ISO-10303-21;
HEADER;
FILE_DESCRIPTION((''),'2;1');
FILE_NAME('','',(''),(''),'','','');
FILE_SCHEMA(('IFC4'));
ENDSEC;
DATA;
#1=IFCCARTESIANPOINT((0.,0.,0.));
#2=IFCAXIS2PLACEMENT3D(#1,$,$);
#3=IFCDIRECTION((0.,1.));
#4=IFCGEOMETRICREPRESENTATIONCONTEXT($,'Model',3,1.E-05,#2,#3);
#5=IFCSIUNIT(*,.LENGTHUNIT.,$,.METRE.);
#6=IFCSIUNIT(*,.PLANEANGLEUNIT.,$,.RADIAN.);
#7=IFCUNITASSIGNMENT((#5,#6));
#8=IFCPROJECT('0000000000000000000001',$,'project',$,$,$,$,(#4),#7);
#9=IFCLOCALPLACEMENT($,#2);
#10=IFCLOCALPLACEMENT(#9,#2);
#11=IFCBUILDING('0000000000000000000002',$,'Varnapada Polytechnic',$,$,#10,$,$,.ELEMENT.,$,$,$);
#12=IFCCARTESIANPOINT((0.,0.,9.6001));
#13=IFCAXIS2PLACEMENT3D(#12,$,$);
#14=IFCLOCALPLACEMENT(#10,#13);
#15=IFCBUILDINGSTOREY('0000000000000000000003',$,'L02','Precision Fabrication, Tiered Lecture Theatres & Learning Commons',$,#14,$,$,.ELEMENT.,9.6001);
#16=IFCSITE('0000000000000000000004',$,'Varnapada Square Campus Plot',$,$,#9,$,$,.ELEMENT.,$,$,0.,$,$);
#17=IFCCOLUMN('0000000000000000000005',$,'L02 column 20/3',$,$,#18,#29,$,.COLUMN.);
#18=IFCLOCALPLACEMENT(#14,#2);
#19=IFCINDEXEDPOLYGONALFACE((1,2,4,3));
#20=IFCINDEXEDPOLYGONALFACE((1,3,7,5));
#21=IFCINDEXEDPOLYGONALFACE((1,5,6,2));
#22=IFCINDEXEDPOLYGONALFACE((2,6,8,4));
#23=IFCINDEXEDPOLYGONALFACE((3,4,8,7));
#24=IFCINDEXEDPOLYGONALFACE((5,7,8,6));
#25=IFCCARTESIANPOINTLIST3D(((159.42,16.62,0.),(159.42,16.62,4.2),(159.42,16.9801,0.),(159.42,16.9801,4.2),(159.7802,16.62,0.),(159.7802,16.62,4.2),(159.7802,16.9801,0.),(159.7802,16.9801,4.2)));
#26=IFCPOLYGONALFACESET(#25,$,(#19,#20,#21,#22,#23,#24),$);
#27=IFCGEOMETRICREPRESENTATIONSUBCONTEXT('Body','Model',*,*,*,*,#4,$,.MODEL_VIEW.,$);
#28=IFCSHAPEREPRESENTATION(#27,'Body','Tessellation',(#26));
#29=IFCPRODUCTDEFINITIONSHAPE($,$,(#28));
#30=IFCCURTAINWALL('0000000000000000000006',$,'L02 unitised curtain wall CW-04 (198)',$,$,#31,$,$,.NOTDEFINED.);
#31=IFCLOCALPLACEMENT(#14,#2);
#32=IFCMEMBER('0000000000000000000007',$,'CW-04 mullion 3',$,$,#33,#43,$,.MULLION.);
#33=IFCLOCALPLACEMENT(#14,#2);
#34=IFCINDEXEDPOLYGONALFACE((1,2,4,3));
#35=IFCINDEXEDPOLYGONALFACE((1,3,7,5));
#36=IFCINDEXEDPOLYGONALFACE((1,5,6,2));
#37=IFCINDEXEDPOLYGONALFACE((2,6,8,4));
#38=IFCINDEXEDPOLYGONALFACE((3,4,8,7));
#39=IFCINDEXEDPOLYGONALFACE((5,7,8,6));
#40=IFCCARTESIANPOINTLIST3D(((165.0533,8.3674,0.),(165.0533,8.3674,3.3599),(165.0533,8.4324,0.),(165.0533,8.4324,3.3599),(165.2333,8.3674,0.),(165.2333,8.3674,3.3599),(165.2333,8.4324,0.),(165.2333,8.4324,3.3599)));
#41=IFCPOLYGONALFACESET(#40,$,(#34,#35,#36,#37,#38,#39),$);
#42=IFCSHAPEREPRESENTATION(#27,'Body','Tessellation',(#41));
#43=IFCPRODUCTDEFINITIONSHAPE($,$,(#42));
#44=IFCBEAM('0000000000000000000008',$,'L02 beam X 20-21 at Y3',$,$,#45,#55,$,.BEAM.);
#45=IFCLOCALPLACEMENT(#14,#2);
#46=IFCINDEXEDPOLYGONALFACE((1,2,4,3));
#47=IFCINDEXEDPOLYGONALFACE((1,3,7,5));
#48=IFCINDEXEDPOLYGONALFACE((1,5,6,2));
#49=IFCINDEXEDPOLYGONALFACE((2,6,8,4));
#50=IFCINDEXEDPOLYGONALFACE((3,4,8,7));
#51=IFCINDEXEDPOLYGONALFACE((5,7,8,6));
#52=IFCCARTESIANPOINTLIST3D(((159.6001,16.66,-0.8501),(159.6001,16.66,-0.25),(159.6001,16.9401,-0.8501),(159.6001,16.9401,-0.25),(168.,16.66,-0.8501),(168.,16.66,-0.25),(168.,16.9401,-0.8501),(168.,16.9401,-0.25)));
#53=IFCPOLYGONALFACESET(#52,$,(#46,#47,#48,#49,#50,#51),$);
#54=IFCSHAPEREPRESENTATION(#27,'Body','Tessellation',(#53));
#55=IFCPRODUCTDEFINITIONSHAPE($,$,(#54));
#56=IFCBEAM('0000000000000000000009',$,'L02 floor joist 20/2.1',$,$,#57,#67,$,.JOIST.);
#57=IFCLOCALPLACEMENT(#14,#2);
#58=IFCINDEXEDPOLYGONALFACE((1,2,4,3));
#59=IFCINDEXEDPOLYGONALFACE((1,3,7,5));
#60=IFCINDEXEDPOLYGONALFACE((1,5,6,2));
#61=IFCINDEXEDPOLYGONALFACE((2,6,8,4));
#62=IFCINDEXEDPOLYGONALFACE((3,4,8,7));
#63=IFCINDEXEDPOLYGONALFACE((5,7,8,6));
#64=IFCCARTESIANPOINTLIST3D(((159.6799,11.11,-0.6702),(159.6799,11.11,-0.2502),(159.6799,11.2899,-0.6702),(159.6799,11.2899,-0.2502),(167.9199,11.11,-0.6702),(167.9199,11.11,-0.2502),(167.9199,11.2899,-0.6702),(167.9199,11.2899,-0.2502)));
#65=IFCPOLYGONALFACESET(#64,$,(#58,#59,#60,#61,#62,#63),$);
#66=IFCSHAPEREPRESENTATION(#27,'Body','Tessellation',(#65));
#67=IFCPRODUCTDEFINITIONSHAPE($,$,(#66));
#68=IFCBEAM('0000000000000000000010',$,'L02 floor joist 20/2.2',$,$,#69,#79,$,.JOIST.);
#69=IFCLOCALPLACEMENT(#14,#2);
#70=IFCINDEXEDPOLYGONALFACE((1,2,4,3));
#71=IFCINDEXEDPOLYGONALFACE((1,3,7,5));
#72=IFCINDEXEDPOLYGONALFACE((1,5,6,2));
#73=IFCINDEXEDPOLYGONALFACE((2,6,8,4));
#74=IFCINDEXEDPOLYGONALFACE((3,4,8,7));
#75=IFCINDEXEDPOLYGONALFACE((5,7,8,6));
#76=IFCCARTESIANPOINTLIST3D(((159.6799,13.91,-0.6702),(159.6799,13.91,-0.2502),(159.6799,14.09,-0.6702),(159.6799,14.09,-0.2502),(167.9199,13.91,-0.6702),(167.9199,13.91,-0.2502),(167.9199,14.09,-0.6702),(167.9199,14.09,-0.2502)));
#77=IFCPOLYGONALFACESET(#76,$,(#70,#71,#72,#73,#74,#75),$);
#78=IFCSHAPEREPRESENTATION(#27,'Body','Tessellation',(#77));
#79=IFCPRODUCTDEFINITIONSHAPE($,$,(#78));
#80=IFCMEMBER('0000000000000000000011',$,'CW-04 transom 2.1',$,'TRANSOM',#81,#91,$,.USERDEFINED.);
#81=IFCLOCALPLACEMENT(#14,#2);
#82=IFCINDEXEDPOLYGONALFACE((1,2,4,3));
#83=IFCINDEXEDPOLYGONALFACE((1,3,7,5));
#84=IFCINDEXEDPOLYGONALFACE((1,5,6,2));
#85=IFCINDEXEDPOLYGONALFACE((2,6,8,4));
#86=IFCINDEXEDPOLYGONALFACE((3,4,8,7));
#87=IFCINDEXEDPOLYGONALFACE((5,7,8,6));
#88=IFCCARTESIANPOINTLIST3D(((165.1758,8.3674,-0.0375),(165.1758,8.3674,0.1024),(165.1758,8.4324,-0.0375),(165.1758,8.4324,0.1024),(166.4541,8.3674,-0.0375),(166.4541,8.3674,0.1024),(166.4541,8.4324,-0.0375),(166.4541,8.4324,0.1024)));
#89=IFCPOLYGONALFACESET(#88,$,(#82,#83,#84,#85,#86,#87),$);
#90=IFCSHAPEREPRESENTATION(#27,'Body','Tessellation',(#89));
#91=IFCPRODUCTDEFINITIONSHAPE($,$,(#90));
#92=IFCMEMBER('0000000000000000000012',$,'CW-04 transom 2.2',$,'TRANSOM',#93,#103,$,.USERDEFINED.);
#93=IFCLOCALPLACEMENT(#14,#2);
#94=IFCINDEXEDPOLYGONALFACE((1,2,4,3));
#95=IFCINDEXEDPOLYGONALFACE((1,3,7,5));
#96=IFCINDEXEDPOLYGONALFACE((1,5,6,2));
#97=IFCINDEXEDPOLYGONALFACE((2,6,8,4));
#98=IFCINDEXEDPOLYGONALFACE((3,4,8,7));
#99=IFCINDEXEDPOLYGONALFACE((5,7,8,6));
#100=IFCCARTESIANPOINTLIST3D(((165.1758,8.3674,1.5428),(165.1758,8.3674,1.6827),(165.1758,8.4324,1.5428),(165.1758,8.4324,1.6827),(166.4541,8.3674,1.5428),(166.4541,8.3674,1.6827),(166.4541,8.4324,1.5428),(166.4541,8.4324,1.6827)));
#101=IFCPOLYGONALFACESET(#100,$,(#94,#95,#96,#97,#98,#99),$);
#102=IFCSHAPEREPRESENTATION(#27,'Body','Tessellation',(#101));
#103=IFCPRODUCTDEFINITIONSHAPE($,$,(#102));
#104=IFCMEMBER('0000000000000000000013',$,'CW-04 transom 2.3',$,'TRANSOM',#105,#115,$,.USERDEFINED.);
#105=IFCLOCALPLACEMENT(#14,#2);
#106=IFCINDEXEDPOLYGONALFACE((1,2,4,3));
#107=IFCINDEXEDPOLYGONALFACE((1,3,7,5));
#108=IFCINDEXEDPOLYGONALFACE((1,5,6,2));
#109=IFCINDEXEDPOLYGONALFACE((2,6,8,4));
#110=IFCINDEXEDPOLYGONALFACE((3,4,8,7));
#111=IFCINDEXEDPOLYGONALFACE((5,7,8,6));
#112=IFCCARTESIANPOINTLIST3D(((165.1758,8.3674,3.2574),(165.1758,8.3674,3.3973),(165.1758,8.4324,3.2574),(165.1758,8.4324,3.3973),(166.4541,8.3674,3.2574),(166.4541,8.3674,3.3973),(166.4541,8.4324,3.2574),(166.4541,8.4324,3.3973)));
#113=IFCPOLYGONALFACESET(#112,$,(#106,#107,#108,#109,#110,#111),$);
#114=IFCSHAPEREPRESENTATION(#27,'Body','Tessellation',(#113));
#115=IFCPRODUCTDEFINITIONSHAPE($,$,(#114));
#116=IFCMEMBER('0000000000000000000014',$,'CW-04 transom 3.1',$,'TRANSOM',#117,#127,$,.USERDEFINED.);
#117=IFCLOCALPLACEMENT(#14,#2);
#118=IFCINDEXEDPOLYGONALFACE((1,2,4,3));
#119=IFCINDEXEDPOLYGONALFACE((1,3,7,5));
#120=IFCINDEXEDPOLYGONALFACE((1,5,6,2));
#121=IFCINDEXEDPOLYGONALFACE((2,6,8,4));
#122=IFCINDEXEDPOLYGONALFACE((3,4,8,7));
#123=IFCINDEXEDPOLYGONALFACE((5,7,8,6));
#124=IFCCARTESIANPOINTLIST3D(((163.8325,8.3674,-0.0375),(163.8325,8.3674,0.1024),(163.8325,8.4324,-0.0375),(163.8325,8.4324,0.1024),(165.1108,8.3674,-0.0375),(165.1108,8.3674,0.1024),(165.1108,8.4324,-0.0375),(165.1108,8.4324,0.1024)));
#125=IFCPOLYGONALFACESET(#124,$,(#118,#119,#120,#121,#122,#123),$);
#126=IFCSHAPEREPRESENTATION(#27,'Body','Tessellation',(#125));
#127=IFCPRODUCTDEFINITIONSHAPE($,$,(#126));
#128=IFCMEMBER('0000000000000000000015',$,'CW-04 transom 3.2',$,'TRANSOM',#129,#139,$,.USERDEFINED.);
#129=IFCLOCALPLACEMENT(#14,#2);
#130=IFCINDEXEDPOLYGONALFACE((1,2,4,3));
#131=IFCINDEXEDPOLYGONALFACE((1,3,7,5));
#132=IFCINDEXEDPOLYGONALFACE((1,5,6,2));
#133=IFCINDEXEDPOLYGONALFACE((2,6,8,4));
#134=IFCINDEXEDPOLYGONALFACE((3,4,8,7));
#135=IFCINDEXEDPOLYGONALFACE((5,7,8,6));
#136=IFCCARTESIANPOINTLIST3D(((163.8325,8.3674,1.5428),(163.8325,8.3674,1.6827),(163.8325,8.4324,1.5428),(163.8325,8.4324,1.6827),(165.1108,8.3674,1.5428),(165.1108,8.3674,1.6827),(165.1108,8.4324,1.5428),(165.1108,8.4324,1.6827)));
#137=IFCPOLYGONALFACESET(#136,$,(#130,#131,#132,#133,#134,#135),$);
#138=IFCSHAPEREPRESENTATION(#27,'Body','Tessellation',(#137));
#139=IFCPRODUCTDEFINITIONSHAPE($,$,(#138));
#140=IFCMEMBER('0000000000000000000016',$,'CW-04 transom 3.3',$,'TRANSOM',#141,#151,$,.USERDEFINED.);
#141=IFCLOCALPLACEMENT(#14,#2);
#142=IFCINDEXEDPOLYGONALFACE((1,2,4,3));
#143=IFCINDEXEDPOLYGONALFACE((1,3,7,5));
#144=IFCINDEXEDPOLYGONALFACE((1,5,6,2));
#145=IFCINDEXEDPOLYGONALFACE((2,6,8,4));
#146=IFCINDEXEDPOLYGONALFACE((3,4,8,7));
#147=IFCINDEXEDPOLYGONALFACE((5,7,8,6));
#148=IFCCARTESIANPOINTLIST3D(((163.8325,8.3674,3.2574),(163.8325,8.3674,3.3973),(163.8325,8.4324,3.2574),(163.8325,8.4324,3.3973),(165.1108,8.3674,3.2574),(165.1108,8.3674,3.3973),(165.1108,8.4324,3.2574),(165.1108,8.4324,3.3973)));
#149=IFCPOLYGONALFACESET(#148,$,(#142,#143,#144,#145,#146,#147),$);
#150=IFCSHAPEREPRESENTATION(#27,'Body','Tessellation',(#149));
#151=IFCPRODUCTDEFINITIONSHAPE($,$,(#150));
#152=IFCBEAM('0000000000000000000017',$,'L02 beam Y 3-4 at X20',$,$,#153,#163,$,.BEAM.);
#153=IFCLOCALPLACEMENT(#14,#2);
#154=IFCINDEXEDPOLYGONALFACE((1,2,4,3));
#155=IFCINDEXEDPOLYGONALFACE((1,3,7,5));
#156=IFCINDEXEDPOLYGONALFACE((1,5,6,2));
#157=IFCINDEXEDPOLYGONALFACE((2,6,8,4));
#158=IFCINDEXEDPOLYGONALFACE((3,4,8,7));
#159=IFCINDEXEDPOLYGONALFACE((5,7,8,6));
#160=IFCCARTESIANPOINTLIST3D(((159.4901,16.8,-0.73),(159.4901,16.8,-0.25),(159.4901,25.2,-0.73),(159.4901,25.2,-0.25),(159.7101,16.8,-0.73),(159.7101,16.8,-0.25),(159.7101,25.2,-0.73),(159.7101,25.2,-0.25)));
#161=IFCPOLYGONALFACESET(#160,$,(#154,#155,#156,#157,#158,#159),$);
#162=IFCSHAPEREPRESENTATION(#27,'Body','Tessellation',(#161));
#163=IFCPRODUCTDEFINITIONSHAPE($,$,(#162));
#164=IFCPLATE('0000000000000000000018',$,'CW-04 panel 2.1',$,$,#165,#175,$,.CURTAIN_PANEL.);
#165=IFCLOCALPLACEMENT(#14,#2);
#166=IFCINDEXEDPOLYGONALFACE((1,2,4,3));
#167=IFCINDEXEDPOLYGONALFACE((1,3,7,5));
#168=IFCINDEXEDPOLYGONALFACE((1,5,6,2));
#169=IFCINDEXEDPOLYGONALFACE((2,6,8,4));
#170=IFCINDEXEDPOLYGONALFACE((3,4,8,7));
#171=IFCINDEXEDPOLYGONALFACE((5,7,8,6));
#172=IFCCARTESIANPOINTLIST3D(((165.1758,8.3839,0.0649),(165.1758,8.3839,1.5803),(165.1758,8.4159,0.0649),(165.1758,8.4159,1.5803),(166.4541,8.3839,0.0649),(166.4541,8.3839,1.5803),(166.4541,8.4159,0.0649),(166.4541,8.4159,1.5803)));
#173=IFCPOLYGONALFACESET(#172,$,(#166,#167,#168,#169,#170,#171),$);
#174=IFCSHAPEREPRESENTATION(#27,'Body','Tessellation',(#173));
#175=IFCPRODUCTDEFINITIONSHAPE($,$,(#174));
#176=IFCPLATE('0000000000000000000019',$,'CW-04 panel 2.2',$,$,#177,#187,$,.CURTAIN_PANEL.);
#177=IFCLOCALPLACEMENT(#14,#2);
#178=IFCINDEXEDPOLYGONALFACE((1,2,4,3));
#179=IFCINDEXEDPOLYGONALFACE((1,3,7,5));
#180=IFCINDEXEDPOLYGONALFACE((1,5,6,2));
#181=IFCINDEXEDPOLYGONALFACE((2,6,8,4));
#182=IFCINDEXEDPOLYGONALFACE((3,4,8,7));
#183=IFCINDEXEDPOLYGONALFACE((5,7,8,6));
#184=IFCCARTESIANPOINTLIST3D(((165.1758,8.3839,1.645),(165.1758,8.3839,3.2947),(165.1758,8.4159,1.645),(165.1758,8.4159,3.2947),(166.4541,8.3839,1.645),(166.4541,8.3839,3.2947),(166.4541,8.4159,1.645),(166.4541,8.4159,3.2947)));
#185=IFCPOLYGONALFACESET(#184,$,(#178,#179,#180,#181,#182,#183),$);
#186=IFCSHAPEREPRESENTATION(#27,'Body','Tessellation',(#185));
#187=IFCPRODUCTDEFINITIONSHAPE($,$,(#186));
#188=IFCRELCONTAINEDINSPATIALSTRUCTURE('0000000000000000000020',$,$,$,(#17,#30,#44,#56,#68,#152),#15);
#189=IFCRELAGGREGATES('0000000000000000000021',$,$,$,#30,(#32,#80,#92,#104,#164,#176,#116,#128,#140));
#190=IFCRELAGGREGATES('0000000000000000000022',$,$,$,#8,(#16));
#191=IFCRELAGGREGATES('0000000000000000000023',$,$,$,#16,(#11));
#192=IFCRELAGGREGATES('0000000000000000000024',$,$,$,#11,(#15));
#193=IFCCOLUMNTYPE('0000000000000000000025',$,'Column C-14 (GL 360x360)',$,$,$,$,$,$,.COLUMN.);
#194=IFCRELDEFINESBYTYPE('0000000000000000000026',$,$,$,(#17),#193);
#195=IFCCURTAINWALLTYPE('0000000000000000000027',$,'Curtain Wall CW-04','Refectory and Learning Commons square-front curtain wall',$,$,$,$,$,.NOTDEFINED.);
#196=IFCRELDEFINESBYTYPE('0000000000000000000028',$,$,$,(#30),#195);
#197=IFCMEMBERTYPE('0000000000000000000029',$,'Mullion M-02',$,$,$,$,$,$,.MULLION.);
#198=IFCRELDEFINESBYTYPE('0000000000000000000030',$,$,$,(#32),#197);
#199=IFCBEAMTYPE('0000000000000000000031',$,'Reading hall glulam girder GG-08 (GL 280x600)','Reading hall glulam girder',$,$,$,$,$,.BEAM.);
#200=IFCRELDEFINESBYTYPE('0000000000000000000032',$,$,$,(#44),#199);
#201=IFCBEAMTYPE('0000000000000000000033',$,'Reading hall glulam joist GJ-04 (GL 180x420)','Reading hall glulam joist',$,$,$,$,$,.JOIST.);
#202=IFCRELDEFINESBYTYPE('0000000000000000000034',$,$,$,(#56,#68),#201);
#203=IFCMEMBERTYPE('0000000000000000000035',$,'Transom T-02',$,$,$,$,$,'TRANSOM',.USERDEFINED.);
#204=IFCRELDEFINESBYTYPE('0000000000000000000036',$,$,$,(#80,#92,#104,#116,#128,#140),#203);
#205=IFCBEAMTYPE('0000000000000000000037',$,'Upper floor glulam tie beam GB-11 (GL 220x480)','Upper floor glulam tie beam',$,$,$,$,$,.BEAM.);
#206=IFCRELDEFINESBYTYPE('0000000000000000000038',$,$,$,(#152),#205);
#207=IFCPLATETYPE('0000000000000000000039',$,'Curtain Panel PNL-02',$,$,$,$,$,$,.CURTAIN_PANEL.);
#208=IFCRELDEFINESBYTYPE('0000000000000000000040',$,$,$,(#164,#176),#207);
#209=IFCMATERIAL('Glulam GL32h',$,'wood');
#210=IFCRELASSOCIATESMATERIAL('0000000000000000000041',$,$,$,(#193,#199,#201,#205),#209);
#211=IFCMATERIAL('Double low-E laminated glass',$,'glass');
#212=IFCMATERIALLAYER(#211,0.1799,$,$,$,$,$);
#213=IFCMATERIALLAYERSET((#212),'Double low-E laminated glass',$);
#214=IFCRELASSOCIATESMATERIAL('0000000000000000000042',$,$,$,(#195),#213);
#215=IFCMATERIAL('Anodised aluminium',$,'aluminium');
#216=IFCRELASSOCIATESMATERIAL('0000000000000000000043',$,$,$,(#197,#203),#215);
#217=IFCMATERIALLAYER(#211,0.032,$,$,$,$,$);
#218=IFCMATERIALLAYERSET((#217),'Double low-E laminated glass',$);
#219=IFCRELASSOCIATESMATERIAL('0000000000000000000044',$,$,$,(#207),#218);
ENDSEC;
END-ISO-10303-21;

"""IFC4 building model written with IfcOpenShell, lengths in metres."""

from ifc_helpers import new_model, si_unit, direction, frame, origin, origin_2d, place, context, subcontext, project, spatial, rectangle, extrude, material, layer, layer_set, material_profile, profile_set, type_object, element, aggregate, save


model = new_model("IFC4")

# Units and contexts
model_context = context("Model", 3, precision=1e-05, world=origin(), true_north=direction((0.0, 1.0)))
body_context = subcontext(model_context, "Body", "Model", "MODEL_VIEW")
ifc_project = project(units=[si_unit("LENGTHUNIT", "METRE"), si_unit("PLANEANGLEUNIT", "RADIAN")], contexts=[model_context])

# Site, building, storey
site_placement = place(None, origin())
site = spatial("IfcSite", under=ifc_project, at=site_placement, Name="Varnapada Square Campus Plot", CompositionType="ELEMENT", RefElevation=0.0)
building_placement = place(site_placement, origin())
building = spatial("IfcBuilding", under=site, at=building_placement, Name="Varnapada Polytechnic", CompositionType="ELEMENT")
storey_placement = place(building_placement, frame((0.0, 0.0, 9.6001)))
storey = spatial("IfcBuildingStorey", under=building, at=storey_placement, Name="L02", Description="Precision Fabrication, Tiered Lecture Theatres & Learning Commons", CompositionType="ELEMENT", Elevation=9.6001)

# Column
ifc_material_1 = material(Name="Glulam GL32h", Category="wood")
ifc_material_profile_1 = material_profile(ifc_material_1, rectangle(XDim=0.3601, YDim=0.3601, at=origin_2d()), Name="GL 360x360")
ifc_profile_set_1 = profile_set([ifc_material_profile_1], Name="Glulam GL32h")
column_type = type_object("IfcColumnType", Name="Column C-14 (GL 360x360)", PredefinedType="COLUMN", material=ifc_profile_set_1)
column_placement = place(storey_placement, frame((159.6001, 16.8, 0.0), z_axis=(0.0, 0.0, 1.0), x_axis=(1.0, 0.0, 0.0)))
element("IfcColumn", 1, at=column_placement, inside=storey, type_object=column_type, Name="L02 column 20/3", PredefinedType="COLUMN", context=body_context, shape_type="SweptSolid", body=[
    extrude(rectangle(XDim=0.3601, YDim=0.3601, at=origin_2d()), origin(), (0.0, 0.0, 1.0), 4.2),
])

# Curtain wall, member
ifc_material_2 = material(Name="Double low-E laminated glass", Category="glass")
ifc_layer_1 = layer(ifc_material_2, 0.1799)
ifc_layer_set_1 = layer_set([ifc_layer_1], Name="Double low-E laminated glass")
curtain_wall_type = type_object("IfcCurtainWallType", Name="Curtain Wall CW-04", Description="Refectory and Learning Commons square-front curtain wall", PredefinedType="NOTDEFINED", material=ifc_layer_set_1)
curtain_wall_placement = place(storey_placement, origin())
curtain_wall = element("IfcCurtainWall", 2, at=curtain_wall_placement, inside=storey, type_object=curtain_wall_type, Name="L02 unitised curtain wall CW-04 (198)", PredefinedType="NOTDEFINED")
ifc_material_3 = material(Name="Anodised aluminium", Category="aluminium")
ifc_material_profile_2 = material_profile(ifc_material_3, rectangle(XDim=0.0649, YDim=0.1799, at=origin_2d()), Name="ALU M65x180")
ifc_profile_set_2 = profile_set([ifc_material_profile_2], Name="Anodised aluminium")
member_type_1 = type_object("IfcMemberType", Name="Mullion M-02", PredefinedType="MULLION", material=ifc_profile_set_2)
member_1_placement = place(storey_placement, frame((165.1433, 8.3999, 0.0), z_axis=(0.0, 0.0, 1.0), x_axis=(0.0, -1.0, 0.0)))
member_1 = element("IfcMember", 3, at=member_1_placement, type_object=member_type_1, Name="CW-04 mullion 3", PredefinedType="MULLION", context=body_context, shape_type="SweptSolid", body=[
    extrude(rectangle(XDim=0.0649, YDim=0.1799, at=origin_2d()), origin(), (0.0, 0.0, 1.0), 3.3599),
])

# Beams
ifc_material_profile_3 = material_profile(ifc_material_1, rectangle(XDim=0.28, YDim=0.6001, at=origin_2d()), Name="GL 280x600")
ifc_profile_set_3 = profile_set([ifc_material_profile_3], Name="Glulam GL32h")
beam_type_1 = type_object("IfcBeamType", Name="Reading hall glulam girder GG-08 (GL 280x600)", Description="Reading hall glulam girder", PredefinedType="BEAM", material=ifc_profile_set_3)
beam_1_placement = place(storey_placement, frame((159.6001, 16.8, -0.55), z_axis=(1.0, 0.0, 0.0), x_axis=(0.0, 1.0, 0.0)))
element("IfcBeam", 4, at=beam_1_placement, inside=storey, type_object=beam_type_1, Name="L02 beam X 20-21 at Y3", PredefinedType="BEAM", context=body_context, shape_type="SweptSolid", body=[
    extrude(rectangle(XDim=0.28, YDim=0.6001, at=origin_2d()), origin(), (0.0, 0.0, 1.0), 8.3999),
])
ifc_material_profile_4 = material_profile(ifc_material_1, rectangle(XDim=0.1799, YDim=0.4199, at=origin_2d()), Name="GL 180x420")
ifc_profile_set_4 = profile_set([ifc_material_profile_4], Name="Glulam GL32h")
beam_type_2 = type_object("IfcBeamType", Name="Reading hall glulam joist GJ-04 (GL 180x420)", Description="Reading hall glulam joist", PredefinedType="JOIST", material=ifc_profile_set_4)
for number, where, z_axis, x_axis, name in (
    (5, (159.6799, 11.2, -0.4602), (1.0, 0.0, 0.0), (0.0, 1.0, 0.0), "L02 floor joist 20/2.1"),
    (6, (159.6799, 14.0, -0.4602), (1.0, 0.0, 0.0), (0.0, 1.0, 0.0), "L02 floor joist 20/2.2"),
):
    element("IfcBeam", number, at=place(storey_placement, frame(where, z_axis=z_axis, x_axis=x_axis)), inside=storey, type_object=beam_type_2, Name=name, PredefinedType="JOIST", context=body_context, shape_type="SweptSolid", body=[
        extrude(rectangle(XDim=0.1799, YDim=0.4199, at=origin_2d()), origin(), (0.0, 0.0, 1.0), 8.24),
    ])

# Members
ifc_material_profile_5 = material_profile(ifc_material_3, rectangle(XDim=0.0649, YDim=0.1399, at=origin_2d()), Name="ALU T65x140")
ifc_profile_set_5 = profile_set([ifc_material_profile_5], Name="Anodised aluminium")
member_type_2 = type_object("IfcMemberType", Name="Transom T-02", ElementType="TRANSOM", PredefinedType="USERDEFINED", material=ifc_profile_set_5)
member_2_placement = place(storey_placement, frame((166.4541, 8.3999, 0.0325), z_axis=(-1.0, 0.0, 0.0), x_axis=(0.0, -1.0, 0.0)))
member_2 = element("IfcMember", 7, at=member_2_placement, type_object=member_type_2, Name="CW-04 transom 2.1", ObjectType="TRANSOM", PredefinedType="USERDEFINED", context=body_context, shape_type="SweptSolid", body=[
    extrude(rectangle(XDim=0.0649, YDim=0.1399, at=origin_2d()), origin(), (0.0, 0.0, 1.0), 1.2783),
])
member_3_placement = place(storey_placement, frame((166.4541, 8.3999, 1.6128), z_axis=(-1.0, 0.0, 0.0), x_axis=(0.0, -1.0, 0.0)))
member_3 = element("IfcMember", 8, at=member_3_placement, type_object=member_type_2, Name="CW-04 transom 2.2", ObjectType="TRANSOM", PredefinedType="USERDEFINED", context=body_context, shape_type="SweptSolid", body=[
    extrude(rectangle(XDim=0.0649, YDim=0.1399, at=origin_2d()), origin(), (0.0, 0.0, 1.0), 1.2783),
])
member_4_placement = place(storey_placement, frame((166.4541, 8.3999, 3.3274), z_axis=(-1.0, 0.0, 0.0), x_axis=(0.0, -1.0, 0.0)))
member_4 = element("IfcMember", 9, at=member_4_placement, type_object=member_type_2, Name="CW-04 transom 2.3", ObjectType="TRANSOM", PredefinedType="USERDEFINED", context=body_context, shape_type="SweptSolid", body=[
    extrude(rectangle(XDim=0.0649, YDim=0.1399, at=origin_2d()), origin(), (0.0, 0.0, 1.0), 1.2783),
])
member_5_placement = place(storey_placement, frame((165.1108, 8.3999, 0.0325), z_axis=(-1.0, 0.0, 0.0), x_axis=(0.0, -1.0, 0.0)))
member_5 = element("IfcMember", 10, at=member_5_placement, type_object=member_type_2, Name="CW-04 transom 3.1", ObjectType="TRANSOM", PredefinedType="USERDEFINED", context=body_context, shape_type="SweptSolid", body=[
    extrude(rectangle(XDim=0.0649, YDim=0.1399, at=origin_2d()), origin(), (0.0, 0.0, 1.0), 1.2783),
])
member_6_placement = place(storey_placement, frame((165.1108, 8.3999, 1.6128), z_axis=(-1.0, 0.0, 0.0), x_axis=(0.0, -1.0, 0.0)))
member_6 = element("IfcMember", 11, at=member_6_placement, type_object=member_type_2, Name="CW-04 transom 3.2", ObjectType="TRANSOM", PredefinedType="USERDEFINED", context=body_context, shape_type="SweptSolid", body=[
    extrude(rectangle(XDim=0.0649, YDim=0.1399, at=origin_2d()), origin(), (0.0, 0.0, 1.0), 1.2783),
])
member_7_placement = place(storey_placement, frame((165.1108, 8.3999, 3.3274), z_axis=(-1.0, 0.0, 0.0), x_axis=(0.0, -1.0, 0.0)))
member_7 = element("IfcMember", 12, at=member_7_placement, type_object=member_type_2, Name="CW-04 transom 3.3", ObjectType="TRANSOM", PredefinedType="USERDEFINED", context=body_context, shape_type="SweptSolid", body=[
    extrude(rectangle(XDim=0.0649, YDim=0.1399, at=origin_2d()), origin(), (0.0, 0.0, 1.0), 1.2783),
])

# Beam
ifc_material_profile_6 = material_profile(ifc_material_1, rectangle(XDim=0.22, YDim=0.48, at=origin_2d()), Name="GL 220x480")
ifc_profile_set_6 = profile_set([ifc_material_profile_6], Name="Glulam GL32h")
beam_type_3 = type_object("IfcBeamType", Name="Upper floor glulam tie beam GB-11 (GL 220x480)", Description="Upper floor glulam tie beam", PredefinedType="BEAM", material=ifc_profile_set_6)
beam_2_placement = place(storey_placement, frame((159.6001, 16.8, -0.49), z_axis=(0.0, 1.0, 0.0), x_axis=(-1.0, 0.0, 0.0)))
element("IfcBeam", 13, at=beam_2_placement, inside=storey, type_object=beam_type_3, Name="L02 beam Y 3-4 at X20", PredefinedType="BEAM", context=body_context, shape_type="SweptSolid", body=[
    extrude(rectangle(XDim=0.22, YDim=0.48, at=origin_2d()), origin(), (0.0, 0.0, 1.0), 8.3999),
])

# Plates
ifc_layer_2 = layer(ifc_material_2, 0.032)
ifc_layer_set_2 = layer_set([ifc_layer_2], Name="Double low-E laminated glass")
plate_type = type_object("IfcPlateType", Name="Curtain Panel PNL-02", PredefinedType="CURTAIN_PANEL", material=ifc_layer_set_2)
plate_1_placement = place(storey_placement, frame((165.8149, 8.3999, 0.0649), z_axis=(0.0, 0.0, 1.0), x_axis=(-1.0, 0.0, 0.0)))
plate_1 = element("IfcPlate", 14, at=plate_1_placement, type_object=plate_type, Name="CW-04 panel 2.1", PredefinedType="CURTAIN_PANEL", context=body_context, shape_type="SweptSolid", body=[
    extrude(rectangle(XDim=1.2783, YDim=0.032, at=origin_2d()), origin(), (0.0, 0.0, 1.0), 1.5154),
])
plate_2_placement = place(storey_placement, frame((165.8149, 8.3999, 1.645), z_axis=(0.0, 0.0, 1.0), x_axis=(-1.0, 0.0, 0.0)))
plate_2 = element("IfcPlate", 15, at=plate_2_placement, type_object=plate_type, Name="CW-04 panel 2.2", PredefinedType="CURTAIN_PANEL", context=body_context, shape_type="SweptSolid", body=[
    extrude(rectangle(XDim=1.2783, YDim=0.032, at=origin_2d()), origin(), (0.0, 0.0, 1.0), 1.6497),
])
aggregate(curtain_wall, [member_1, member_2, member_3, member_4, plate_1, plate_2, member_5, member_6, member_7])

save(model, "model.ifc")
